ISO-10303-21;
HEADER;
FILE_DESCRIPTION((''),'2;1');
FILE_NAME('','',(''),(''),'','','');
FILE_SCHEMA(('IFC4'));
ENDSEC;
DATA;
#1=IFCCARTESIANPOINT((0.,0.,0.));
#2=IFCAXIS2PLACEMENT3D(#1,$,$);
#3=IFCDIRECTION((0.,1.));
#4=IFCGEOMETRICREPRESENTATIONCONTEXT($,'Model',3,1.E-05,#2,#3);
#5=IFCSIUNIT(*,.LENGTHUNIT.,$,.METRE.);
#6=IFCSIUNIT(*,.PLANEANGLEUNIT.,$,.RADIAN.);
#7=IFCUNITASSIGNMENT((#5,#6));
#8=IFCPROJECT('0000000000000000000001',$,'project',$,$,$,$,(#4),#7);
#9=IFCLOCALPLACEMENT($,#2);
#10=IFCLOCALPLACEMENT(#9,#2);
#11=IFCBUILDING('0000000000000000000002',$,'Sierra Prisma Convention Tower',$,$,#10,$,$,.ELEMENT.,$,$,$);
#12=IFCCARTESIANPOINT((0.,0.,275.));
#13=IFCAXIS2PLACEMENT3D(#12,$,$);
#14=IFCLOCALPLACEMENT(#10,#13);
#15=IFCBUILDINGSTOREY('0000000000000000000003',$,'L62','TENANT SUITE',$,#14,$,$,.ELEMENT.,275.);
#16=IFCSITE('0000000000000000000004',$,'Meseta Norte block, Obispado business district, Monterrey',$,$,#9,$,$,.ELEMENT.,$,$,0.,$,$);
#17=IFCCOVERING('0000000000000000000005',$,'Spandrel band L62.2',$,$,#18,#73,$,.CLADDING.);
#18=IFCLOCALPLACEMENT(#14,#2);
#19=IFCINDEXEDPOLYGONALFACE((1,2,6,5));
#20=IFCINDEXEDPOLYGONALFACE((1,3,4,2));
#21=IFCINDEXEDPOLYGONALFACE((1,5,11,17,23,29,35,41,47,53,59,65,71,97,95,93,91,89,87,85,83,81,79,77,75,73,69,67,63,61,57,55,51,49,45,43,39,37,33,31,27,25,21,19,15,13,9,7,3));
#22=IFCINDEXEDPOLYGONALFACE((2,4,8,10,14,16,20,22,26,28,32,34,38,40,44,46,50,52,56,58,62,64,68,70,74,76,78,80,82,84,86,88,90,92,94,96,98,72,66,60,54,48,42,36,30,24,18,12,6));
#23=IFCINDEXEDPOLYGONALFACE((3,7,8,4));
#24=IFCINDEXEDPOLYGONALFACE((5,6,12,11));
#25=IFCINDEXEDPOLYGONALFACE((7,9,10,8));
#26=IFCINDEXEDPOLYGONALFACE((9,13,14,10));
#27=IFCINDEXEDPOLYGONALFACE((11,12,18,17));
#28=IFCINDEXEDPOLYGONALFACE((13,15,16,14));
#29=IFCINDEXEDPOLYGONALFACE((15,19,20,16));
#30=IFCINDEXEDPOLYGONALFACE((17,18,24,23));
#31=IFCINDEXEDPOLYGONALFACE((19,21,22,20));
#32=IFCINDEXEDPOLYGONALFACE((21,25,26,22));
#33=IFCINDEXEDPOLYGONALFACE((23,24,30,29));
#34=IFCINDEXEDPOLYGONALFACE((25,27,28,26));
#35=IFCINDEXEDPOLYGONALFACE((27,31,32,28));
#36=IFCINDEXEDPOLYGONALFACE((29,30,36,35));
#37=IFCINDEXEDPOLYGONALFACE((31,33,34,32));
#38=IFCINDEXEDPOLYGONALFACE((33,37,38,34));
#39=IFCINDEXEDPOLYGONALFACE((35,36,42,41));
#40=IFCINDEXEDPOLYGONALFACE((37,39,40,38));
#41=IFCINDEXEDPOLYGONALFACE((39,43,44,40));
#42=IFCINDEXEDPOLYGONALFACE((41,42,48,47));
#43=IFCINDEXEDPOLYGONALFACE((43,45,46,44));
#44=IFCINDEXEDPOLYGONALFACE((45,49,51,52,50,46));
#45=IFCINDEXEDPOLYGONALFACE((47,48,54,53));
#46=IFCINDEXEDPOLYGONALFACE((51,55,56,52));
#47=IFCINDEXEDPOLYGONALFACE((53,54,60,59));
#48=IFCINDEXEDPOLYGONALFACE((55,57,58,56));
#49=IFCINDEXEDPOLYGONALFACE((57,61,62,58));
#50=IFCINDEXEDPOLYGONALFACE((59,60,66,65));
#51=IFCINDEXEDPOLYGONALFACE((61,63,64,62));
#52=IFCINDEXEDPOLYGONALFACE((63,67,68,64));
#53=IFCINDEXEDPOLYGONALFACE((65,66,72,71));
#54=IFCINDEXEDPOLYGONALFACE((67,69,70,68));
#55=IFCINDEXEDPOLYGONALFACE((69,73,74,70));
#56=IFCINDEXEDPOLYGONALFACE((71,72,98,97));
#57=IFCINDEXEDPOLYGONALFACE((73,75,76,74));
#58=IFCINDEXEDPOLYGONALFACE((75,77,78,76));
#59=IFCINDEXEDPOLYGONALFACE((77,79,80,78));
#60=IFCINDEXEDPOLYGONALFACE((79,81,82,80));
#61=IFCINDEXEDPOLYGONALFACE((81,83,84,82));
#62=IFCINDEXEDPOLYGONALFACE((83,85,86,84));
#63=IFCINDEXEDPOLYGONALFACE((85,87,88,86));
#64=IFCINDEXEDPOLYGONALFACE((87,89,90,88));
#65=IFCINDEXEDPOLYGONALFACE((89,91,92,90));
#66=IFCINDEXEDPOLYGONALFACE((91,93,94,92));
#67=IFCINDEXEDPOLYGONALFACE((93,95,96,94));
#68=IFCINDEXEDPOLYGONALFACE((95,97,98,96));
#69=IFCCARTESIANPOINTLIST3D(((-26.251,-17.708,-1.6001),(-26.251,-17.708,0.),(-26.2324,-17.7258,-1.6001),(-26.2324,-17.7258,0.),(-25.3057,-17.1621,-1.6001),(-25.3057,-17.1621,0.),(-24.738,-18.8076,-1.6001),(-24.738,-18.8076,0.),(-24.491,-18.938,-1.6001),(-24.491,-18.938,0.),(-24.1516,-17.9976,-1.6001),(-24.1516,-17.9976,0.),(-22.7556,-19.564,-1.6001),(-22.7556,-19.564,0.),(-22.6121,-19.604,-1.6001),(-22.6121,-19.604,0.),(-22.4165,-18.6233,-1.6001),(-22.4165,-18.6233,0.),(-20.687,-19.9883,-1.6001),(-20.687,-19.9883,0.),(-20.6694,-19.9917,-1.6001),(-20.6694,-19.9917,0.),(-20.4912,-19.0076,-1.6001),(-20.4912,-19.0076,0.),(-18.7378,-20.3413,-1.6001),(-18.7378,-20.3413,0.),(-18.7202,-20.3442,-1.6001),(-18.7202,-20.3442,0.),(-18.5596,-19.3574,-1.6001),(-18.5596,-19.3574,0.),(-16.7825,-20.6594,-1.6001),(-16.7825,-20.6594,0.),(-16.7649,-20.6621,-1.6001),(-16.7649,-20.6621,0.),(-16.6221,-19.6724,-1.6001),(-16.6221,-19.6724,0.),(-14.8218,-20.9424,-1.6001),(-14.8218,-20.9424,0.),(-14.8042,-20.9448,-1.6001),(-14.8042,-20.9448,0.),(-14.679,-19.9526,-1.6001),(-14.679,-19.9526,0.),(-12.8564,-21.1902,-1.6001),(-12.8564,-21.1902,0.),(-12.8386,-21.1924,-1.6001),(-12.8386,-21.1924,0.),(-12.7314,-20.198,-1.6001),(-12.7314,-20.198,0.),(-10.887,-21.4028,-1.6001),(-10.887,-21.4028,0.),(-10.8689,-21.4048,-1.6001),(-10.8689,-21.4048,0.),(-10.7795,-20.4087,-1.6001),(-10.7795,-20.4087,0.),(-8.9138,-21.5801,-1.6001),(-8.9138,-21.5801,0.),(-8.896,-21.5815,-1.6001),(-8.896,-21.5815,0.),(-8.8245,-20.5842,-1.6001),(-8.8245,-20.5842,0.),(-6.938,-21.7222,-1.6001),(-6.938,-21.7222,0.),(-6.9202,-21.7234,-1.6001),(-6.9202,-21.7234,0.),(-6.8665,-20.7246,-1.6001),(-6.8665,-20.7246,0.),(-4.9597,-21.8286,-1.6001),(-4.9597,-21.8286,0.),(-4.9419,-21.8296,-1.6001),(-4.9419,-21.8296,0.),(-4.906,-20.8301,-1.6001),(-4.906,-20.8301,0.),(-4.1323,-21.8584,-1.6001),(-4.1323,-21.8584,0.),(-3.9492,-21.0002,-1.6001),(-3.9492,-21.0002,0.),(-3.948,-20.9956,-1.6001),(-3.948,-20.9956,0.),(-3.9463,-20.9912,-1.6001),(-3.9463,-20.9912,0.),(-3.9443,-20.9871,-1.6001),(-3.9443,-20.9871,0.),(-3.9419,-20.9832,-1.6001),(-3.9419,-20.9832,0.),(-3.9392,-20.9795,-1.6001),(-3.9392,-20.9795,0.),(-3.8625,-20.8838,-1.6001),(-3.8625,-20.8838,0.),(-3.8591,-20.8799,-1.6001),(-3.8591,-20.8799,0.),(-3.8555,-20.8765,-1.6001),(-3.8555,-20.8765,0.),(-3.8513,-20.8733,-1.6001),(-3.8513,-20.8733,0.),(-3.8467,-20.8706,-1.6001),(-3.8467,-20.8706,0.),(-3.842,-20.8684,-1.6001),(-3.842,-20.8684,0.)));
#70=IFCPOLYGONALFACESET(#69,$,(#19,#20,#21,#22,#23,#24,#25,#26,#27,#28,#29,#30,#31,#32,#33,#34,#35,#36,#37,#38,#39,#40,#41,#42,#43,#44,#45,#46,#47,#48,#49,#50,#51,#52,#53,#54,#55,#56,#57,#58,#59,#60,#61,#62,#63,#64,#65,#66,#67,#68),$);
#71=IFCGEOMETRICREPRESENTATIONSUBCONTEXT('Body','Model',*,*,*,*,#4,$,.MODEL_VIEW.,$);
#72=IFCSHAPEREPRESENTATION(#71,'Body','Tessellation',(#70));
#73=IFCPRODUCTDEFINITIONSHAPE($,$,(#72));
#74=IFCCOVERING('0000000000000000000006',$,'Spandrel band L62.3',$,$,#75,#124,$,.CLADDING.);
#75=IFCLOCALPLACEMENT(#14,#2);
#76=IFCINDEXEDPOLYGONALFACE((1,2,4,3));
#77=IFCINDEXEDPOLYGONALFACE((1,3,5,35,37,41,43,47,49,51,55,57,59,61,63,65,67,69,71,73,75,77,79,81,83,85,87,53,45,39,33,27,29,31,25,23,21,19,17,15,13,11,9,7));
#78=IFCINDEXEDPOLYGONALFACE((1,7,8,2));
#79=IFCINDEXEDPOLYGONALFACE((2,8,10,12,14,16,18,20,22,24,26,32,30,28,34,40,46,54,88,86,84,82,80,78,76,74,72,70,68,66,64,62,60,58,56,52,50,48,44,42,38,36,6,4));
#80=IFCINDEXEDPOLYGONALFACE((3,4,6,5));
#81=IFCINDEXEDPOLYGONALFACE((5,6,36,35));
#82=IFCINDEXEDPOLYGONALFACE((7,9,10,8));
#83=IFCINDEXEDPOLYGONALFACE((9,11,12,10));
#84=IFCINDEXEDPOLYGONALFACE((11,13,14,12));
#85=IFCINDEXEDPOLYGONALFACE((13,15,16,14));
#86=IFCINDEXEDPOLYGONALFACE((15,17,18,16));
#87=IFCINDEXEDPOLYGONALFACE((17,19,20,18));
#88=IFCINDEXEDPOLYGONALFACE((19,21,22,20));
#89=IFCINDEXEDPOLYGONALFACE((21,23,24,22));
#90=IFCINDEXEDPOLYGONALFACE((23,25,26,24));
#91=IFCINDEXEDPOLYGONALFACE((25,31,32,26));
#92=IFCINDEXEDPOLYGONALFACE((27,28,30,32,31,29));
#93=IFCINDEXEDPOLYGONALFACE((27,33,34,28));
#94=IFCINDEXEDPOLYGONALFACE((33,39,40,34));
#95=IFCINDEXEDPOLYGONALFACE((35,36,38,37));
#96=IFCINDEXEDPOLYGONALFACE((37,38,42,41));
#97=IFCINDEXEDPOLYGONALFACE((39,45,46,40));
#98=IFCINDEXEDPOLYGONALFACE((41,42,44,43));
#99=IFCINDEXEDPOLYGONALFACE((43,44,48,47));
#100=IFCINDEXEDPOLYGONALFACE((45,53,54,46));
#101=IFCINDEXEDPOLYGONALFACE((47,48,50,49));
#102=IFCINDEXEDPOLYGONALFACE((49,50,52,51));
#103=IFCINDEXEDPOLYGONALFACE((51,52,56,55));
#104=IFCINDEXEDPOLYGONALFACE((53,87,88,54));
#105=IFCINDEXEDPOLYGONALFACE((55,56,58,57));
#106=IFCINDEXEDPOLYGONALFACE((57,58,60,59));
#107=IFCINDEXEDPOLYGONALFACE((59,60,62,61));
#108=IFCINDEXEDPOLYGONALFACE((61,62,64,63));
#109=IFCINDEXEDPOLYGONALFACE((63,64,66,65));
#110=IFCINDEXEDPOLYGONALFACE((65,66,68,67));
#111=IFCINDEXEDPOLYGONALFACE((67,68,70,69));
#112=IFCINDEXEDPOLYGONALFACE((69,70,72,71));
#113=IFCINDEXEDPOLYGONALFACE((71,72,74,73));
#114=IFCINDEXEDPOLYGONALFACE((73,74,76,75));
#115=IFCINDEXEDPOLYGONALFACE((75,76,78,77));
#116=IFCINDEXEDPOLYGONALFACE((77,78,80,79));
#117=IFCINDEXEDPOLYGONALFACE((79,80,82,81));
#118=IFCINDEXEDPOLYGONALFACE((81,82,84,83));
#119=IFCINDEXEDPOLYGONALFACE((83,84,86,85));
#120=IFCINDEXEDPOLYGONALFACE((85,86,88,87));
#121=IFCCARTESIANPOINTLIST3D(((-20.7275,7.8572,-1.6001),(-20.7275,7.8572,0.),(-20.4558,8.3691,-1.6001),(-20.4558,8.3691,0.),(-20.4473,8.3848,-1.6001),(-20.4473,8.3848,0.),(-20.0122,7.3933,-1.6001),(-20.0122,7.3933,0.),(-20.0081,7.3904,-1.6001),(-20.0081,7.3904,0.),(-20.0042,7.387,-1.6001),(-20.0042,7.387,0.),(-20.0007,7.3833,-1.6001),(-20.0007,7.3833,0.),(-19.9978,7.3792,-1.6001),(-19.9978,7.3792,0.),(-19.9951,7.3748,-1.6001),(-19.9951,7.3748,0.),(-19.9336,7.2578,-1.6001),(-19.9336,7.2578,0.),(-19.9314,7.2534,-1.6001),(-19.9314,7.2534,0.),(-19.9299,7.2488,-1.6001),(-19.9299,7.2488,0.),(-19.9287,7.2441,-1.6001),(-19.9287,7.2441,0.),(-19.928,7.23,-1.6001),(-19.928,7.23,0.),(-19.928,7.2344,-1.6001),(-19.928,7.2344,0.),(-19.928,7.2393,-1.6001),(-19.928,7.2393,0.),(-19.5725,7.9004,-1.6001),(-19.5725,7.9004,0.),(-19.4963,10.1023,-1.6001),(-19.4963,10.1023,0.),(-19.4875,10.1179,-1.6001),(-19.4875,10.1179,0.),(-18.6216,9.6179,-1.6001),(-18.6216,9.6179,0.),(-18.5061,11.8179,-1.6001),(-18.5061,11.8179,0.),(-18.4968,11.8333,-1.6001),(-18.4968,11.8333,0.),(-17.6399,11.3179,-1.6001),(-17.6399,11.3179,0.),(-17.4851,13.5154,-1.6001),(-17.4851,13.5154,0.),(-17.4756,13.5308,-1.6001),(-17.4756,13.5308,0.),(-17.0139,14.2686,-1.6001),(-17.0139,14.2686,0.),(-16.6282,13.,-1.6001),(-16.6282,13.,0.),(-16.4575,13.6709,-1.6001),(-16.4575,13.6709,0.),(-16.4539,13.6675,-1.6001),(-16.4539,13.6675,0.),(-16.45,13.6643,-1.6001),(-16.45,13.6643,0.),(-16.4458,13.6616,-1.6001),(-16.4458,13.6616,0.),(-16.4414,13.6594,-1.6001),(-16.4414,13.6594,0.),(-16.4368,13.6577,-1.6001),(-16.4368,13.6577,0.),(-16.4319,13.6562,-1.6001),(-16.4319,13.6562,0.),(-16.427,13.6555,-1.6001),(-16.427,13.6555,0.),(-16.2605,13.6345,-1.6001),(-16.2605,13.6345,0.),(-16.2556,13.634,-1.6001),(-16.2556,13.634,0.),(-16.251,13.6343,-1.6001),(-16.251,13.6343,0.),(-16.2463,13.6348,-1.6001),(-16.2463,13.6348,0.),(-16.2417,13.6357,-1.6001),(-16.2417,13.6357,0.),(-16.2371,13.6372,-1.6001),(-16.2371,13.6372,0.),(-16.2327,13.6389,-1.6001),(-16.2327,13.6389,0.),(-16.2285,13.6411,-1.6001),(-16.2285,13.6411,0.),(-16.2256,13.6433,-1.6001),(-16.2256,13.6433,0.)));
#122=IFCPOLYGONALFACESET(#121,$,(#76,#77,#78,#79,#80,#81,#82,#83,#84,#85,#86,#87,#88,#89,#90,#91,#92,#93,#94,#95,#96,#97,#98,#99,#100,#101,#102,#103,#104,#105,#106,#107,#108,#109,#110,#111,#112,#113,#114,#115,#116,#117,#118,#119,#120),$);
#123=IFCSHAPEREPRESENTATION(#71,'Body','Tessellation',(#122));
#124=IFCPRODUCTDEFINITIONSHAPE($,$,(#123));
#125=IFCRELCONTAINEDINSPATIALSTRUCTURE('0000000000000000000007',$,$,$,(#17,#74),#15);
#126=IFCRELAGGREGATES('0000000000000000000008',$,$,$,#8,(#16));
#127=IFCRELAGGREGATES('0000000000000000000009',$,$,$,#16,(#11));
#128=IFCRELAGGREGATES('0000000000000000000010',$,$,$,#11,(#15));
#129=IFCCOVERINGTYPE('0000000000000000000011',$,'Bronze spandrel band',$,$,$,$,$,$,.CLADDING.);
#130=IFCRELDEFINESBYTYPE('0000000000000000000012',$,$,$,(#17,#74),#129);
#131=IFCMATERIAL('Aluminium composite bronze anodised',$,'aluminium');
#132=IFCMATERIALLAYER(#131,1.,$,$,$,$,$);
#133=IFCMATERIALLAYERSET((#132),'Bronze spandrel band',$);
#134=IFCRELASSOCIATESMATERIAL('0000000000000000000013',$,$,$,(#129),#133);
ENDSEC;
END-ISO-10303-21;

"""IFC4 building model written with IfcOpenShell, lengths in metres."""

from ifc_helpers import new_model, si_unit, direction, frame, origin, place, context, subcontext, project, spatial, polyline, outline, extrude, material, layer, layer_set, type_object, element, save


model = new_model("IFC4")

# Units and contexts
model_context = context("Model", 3, precision=1e-05, world=origin(), true_north=direction((0.0, 1.0)))
body_context = subcontext(model_context, "Body", "Model", "MODEL_VIEW")
ifc_project = project(units=[si_unit("LENGTHUNIT", "METRE"), si_unit("PLANEANGLEUNIT", "RADIAN")], contexts=[model_context])

# Site, building, storey
site_placement = place(None, origin())
site = spatial("IfcSite", under=ifc_project, at=site_placement, Name="Meseta Norte block, Obispado business district, Monterrey", CompositionType="ELEMENT", RefElevation=0.0)
building_placement = place(site_placement, origin())
building = spatial("IfcBuilding", under=site, at=building_placement, Name="Sierra Prisma Convention Tower", CompositionType="ELEMENT")
storey_placement = place(building_placement, frame((0.0, 0.0, 275.0)))
storey = spatial("IfcBuildingStorey", under=building, at=storey_placement, Name="L62", Description="TENANT SUITE", CompositionType="ELEMENT", Elevation=275.0)

# Coverings
ifc_material_1 = material(Name="Aluminium composite bronze anodised", Category="aluminium")
ifc_layer_1 = layer(ifc_material_1, 1.0)
ifc_layer_set_1 = layer_set([ifc_layer_1], Name="Bronze spandrel band")
covering_type_1 = type_object("IfcCoveringType", Name="Bronze spandrel band", PredefinedType="CLADDING", material=ifc_layer_set_1)
covering_1_placement = place(storey_placement, frame((0.0, 0.0, -1.6001)))
element("IfcCovering", 1, at=covering_1_placement, inside=storey, type_object=covering_type_1, Name="Spandrel band L62.2", PredefinedType="CLADDING", context=body_context, shape_type="SweptSolid", body=[
    extrude(outline(polyline([(-22.4165, -18.6233), (-20.4912, -19.0076), (-18.5596, -19.3574), (-16.6221, -19.6724), (-14.679, -19.9526), (-12.7314, -20.198), (-10.7795, -20.4087), (-8.8245, -20.5842), (-6.8665, -20.7246), (-4.906, -20.8301), (-3.8413, -20.8684), (-3.842, -20.8684), (-3.8467, -20.8706), (-3.8513, -20.8733), (-3.8555, -20.8765), (-3.8591, -20.8799), (-3.8625, -20.8838), (-3.9392, -20.9795), (-3.9419, -20.9832), (-3.9443, -20.9871), (-3.9463, -20.9912), (-3.948, -20.9956), (-3.9492, -21.0002), (-4.1323, -21.8584), (-4.9419, -21.8296), (-4.9597, -21.8286), (-6.9202, -21.7234), (-6.938, -21.7222), (-8.896, -21.5815), (-8.9138, -21.5801), (-10.8689, -21.4048), (-10.887, -21.4028), (-12.8386, -21.1924), (-12.8564, -21.1902), (-14.8042, -20.9448), (-14.8218, -20.9424), (-16.7649, -20.6621), (-16.7825, -20.6594), (-18.7202, -20.3442), (-18.7378, -20.3413), (-20.6694, -19.9917), (-20.687, -19.9883), (-22.6121, -19.604), (-22.7556, -19.564), (-24.491, -18.938), (-24.738, -18.8076), (-26.2324, -17.7258), (-26.251, -17.708), (-25.3057, -17.1621), (-24.1516, -17.9976), (-22.4165, -18.6233)])), origin(), (0.0, 0.0, 1.0), 1.6001),
])
covering_2_placement = place(storey_placement, frame((0.0, 0.0, -1.6001)))
element("IfcCovering", 2, at=covering_2_placement, inside=storey, type_object=covering_type_1, Name="Spandrel band L62.3", PredefinedType="CLADDING", context=body_context, shape_type="SweptSolid", body=[
    extrude(outline(polyline([(-17.4756, 13.5308), (-17.0139, 14.2686), (-16.4575, 13.6709), (-16.4539, 13.6675), (-16.45, 13.6643), (-16.4458, 13.6616), (-16.4414, 13.6594), (-16.4368, 13.6577), (-16.4319, 13.6562), (-16.427, 13.6555), (-16.2605, 13.6345), (-16.2556, 13.634), (-16.251, 13.6343), (-16.2463, 13.6348), (-16.2417, 13.6357), (-16.2371, 13.6372), (-16.2327, 13.6389), (-16.2285, 13.6411), (-16.2256, 13.6433), (-16.6282, 13.0), (-17.6399, 11.3179), (-18.6216, 9.6179), (-19.5725, 7.9004), (-19.928, 7.23), (-19.928, 7.2344), (-19.928, 7.2393), (-19.9287, 7.2441), (-19.9299, 7.2488), (-19.9314, 7.2534), (-19.9336, 7.2578), (-19.9951, 7.3748), (-19.9978, 7.3792), (-20.0007, 7.3833), (-20.0042, 7.387), (-20.0081, 7.3904), (-20.0122, 7.3933), (-20.7275, 7.8572), (-20.4558, 8.3691), (-20.4473, 8.3848), (-19.4963, 10.1023), (-19.4875, 10.1179), (-18.5061, 11.8179), (-18.4968, 11.8333), (-17.4851, 13.5154), (-17.4756, 13.5308)])), origin(), (0.0, 0.0, 1.0), 1.6001),
])

save(model, "model.ifc")
